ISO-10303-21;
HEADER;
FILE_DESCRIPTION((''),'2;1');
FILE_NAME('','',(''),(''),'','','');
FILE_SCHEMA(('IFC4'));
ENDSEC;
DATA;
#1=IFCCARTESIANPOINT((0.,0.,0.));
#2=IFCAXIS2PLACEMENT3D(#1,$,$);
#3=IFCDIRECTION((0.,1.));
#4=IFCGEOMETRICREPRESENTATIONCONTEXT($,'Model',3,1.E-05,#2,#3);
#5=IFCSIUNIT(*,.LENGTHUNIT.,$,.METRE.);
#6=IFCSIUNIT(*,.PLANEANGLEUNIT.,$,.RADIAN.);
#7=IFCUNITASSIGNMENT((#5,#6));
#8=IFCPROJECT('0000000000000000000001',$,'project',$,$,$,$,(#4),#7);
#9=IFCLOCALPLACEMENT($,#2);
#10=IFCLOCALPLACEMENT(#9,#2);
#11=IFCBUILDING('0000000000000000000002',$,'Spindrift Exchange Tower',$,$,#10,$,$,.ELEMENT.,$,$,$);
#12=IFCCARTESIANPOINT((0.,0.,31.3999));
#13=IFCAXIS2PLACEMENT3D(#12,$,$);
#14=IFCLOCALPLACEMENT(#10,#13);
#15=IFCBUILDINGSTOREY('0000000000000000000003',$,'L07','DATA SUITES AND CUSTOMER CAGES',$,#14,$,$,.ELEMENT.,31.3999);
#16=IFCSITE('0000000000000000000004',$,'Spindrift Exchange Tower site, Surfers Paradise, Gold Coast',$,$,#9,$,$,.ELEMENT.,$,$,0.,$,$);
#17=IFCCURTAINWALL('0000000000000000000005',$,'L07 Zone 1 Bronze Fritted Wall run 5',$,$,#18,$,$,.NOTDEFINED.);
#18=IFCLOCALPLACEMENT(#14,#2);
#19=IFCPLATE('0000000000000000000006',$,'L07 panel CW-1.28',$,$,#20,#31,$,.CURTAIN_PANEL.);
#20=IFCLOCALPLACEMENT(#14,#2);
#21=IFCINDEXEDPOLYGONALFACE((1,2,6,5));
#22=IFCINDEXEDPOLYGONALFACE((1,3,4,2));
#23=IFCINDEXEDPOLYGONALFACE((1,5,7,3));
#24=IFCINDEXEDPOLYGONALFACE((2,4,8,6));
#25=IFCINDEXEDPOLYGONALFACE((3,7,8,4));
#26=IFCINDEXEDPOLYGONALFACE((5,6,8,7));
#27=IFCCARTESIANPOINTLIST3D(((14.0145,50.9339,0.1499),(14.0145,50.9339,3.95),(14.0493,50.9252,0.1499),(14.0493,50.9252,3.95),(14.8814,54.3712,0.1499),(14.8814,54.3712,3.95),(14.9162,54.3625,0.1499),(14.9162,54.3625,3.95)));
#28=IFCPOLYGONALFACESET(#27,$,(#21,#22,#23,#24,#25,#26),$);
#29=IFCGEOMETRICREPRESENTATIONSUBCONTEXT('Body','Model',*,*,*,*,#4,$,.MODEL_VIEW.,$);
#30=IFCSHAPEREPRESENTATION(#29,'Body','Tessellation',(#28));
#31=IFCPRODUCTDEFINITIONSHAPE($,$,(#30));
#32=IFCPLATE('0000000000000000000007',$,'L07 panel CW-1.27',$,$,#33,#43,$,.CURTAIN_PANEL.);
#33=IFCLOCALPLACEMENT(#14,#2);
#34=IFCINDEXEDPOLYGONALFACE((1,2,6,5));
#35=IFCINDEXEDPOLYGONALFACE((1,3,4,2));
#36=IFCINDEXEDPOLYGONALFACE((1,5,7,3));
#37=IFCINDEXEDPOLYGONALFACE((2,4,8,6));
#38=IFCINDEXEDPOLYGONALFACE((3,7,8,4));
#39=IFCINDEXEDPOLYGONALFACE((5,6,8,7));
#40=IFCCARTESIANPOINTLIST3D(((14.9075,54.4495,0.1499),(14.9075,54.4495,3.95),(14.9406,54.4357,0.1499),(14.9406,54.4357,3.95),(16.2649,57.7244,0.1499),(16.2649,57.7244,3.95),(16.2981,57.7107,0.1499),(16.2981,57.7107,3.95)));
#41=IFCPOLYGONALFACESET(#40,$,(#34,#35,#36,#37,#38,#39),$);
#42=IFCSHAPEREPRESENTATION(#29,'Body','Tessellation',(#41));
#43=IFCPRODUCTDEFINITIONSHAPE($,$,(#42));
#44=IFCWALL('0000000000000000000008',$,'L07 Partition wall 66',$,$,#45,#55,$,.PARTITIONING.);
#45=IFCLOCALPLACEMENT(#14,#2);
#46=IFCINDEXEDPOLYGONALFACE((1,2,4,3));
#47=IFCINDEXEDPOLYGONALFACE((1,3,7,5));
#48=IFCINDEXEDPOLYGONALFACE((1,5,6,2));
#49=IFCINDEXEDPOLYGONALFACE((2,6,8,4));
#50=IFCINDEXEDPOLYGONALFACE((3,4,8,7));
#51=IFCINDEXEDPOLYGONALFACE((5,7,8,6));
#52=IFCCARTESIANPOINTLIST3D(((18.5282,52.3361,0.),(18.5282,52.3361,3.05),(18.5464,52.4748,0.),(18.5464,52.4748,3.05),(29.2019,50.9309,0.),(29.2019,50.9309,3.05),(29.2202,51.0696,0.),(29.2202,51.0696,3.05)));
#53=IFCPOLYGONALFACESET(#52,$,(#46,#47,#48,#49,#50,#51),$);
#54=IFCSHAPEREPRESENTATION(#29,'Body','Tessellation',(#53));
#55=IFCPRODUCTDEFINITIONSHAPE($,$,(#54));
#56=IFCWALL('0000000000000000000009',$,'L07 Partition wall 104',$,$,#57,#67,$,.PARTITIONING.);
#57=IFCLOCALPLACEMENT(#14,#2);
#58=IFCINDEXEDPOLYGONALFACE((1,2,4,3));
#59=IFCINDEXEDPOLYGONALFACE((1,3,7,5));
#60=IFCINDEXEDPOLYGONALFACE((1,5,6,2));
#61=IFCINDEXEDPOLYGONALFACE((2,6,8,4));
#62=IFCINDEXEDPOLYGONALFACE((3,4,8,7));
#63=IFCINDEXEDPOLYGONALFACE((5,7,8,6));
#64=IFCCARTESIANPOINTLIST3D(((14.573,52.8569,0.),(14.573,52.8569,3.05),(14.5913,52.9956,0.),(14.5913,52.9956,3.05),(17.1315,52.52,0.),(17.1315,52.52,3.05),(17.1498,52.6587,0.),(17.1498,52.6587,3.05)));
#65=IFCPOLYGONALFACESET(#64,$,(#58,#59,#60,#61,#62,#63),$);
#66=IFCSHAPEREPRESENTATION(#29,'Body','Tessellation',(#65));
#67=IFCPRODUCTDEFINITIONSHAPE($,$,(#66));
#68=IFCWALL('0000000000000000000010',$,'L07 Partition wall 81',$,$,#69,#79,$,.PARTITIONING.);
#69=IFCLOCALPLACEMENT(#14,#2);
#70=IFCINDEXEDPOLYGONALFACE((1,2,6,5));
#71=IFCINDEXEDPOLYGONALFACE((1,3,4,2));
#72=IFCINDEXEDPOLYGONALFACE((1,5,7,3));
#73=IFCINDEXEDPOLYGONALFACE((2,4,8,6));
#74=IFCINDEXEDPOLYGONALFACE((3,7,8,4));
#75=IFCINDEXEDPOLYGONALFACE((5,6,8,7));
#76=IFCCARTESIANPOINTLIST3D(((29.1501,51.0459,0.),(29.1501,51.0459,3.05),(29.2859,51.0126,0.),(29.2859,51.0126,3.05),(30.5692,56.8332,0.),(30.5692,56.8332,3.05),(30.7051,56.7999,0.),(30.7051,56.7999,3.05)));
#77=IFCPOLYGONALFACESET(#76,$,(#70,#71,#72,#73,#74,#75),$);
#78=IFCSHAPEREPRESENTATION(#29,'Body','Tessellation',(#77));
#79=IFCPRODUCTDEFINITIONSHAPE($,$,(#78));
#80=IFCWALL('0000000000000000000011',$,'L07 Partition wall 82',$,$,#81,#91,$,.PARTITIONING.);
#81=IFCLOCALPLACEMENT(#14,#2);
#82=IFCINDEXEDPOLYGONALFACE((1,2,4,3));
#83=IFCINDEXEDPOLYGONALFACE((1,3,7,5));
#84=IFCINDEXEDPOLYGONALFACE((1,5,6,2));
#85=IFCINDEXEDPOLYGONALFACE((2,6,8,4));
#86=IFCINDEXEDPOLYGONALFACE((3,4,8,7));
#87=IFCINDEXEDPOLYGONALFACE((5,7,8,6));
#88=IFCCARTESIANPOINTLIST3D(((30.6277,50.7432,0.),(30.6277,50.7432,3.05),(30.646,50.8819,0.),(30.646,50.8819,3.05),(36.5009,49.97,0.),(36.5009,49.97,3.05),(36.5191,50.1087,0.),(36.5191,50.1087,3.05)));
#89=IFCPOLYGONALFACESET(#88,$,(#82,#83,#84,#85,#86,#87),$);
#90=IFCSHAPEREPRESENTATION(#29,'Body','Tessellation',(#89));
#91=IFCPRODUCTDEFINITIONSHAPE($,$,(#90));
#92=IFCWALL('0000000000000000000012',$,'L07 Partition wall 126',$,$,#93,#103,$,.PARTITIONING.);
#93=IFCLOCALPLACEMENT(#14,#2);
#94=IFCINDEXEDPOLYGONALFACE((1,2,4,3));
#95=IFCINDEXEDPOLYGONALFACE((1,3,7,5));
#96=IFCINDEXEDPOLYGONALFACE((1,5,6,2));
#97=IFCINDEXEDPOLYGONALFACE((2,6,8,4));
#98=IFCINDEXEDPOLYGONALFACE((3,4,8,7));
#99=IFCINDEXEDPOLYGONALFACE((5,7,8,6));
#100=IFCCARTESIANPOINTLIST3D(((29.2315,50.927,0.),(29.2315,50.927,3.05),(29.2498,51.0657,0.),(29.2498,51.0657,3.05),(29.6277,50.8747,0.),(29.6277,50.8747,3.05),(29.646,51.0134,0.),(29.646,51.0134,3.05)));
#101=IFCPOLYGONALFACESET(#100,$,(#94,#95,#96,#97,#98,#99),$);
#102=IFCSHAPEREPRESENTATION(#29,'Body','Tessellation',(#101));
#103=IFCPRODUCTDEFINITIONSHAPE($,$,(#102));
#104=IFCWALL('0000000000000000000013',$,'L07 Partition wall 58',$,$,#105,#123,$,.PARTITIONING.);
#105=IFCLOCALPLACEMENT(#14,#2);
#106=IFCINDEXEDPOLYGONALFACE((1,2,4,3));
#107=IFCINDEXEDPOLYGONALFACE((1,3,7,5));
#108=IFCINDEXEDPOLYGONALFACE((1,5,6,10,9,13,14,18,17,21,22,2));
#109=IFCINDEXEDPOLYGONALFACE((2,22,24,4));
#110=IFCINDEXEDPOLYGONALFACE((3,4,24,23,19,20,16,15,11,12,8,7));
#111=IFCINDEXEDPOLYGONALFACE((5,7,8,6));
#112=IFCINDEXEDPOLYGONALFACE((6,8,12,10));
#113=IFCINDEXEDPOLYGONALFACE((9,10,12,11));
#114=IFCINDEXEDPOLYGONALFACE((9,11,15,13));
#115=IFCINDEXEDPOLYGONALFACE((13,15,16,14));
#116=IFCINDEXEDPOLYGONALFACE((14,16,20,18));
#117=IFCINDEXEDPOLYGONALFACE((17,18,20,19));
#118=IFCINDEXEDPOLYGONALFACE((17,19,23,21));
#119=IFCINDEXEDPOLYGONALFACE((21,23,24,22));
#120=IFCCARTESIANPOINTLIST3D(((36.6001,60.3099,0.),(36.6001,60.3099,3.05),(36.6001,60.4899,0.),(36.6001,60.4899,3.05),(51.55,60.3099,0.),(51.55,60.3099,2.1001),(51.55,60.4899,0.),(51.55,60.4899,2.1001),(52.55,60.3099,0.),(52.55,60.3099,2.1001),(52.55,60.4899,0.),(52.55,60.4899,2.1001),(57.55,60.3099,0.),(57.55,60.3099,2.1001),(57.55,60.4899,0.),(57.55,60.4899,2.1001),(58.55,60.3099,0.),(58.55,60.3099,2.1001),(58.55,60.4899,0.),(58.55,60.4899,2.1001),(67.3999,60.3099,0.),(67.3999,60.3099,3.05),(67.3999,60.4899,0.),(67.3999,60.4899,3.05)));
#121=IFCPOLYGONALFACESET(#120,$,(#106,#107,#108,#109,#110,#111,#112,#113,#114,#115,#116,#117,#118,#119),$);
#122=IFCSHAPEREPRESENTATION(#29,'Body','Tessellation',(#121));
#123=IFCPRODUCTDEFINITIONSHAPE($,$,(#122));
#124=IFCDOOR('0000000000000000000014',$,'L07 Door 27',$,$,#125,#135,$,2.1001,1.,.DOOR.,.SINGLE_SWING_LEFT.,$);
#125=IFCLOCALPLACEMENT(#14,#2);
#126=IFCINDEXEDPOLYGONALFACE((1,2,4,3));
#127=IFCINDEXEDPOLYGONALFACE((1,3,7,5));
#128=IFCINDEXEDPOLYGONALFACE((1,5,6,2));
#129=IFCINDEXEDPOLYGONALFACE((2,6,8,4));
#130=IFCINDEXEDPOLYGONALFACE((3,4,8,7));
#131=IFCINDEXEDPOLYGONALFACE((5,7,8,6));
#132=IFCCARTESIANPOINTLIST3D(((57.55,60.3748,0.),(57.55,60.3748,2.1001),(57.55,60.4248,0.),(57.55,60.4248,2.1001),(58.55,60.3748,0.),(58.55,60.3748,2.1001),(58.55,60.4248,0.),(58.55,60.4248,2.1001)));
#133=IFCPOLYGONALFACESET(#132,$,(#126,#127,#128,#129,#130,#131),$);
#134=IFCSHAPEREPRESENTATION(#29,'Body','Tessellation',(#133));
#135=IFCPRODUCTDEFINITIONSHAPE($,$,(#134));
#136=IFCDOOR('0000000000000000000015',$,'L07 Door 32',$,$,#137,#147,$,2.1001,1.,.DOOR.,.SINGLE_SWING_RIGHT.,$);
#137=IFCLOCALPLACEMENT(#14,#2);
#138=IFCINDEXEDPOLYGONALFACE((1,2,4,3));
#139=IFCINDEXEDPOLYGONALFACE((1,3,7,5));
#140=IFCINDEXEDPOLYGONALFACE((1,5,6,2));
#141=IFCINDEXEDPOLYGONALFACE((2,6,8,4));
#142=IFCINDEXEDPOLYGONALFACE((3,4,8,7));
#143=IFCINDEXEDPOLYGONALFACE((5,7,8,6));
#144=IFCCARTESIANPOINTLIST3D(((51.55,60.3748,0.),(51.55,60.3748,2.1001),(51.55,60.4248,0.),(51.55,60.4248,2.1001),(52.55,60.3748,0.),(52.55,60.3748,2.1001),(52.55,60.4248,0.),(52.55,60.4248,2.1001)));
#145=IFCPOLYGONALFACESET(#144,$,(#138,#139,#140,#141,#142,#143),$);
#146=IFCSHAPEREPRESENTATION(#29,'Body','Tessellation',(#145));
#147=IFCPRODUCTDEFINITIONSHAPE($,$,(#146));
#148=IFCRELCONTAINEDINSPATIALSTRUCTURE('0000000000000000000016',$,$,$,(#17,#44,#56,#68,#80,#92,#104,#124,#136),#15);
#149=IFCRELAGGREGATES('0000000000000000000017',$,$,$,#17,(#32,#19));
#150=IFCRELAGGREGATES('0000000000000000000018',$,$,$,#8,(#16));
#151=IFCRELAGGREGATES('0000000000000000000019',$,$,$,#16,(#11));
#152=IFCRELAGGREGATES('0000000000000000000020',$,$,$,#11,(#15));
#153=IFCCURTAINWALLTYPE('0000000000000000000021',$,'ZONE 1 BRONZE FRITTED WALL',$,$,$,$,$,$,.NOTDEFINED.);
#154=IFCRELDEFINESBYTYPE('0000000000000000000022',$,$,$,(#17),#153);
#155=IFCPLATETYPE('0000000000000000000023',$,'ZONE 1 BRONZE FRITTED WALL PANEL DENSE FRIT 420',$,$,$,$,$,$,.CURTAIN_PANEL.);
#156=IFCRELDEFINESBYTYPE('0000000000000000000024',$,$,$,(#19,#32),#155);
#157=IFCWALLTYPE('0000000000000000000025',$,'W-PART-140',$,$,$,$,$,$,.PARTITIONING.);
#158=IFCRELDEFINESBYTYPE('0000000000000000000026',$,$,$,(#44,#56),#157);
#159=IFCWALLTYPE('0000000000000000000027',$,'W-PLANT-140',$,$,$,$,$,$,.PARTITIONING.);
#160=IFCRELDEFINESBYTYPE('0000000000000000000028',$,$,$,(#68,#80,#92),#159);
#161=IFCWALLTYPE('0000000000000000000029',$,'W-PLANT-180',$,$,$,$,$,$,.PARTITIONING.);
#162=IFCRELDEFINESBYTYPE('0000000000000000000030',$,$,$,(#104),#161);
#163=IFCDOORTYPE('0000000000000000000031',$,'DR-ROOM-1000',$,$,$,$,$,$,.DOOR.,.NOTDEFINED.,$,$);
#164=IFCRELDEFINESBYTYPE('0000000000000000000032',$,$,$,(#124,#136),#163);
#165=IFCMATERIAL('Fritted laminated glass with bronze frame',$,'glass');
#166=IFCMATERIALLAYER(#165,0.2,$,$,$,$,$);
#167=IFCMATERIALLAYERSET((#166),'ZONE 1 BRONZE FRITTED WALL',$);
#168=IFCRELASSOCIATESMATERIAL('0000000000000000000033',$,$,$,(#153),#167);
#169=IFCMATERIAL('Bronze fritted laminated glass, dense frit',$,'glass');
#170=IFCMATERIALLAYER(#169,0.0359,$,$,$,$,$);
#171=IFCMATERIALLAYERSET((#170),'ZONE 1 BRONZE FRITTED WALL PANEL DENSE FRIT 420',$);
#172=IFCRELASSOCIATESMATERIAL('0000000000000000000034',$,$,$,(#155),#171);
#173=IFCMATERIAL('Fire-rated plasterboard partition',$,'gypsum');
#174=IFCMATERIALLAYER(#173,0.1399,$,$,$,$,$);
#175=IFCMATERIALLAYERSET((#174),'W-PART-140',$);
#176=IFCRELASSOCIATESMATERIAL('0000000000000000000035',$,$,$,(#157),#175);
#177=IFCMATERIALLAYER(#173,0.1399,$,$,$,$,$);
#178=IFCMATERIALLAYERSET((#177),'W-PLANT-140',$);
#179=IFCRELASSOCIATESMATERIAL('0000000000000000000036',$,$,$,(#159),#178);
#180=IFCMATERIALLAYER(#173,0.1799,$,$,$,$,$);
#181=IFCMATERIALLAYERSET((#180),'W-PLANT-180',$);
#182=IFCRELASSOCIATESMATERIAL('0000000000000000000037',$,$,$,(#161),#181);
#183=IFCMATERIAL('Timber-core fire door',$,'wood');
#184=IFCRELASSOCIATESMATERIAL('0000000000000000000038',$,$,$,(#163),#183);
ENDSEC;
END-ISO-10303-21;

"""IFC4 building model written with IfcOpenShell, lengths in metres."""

from ifc_helpers import new_model, si_unit, direction, frame, frame_2d, origin, origin_2d, place, context, subcontext, project, spatial, rectangle, extrude, source, transform, mapped, material, layer, layer_set, type_object, element, fill, aggregate, save


model = new_model("IFC4")

# Units and contexts
model_context = context("Model", 3, precision=1e-05, world=origin(), true_north=direction((0.0, 1.0)))
body_context = subcontext(model_context, "Body", "Model", "MODEL_VIEW")
ifc_project = project(units=[si_unit("LENGTHUNIT", "METRE"), si_unit("PLANEANGLEUNIT", "RADIAN")], contexts=[model_context])

# Site, building, storey
site_placement = place(None, origin())
site = spatial("IfcSite", under=ifc_project, at=site_placement, Name="Spindrift Exchange Tower site, Surfers Paradise, Gold Coast", CompositionType="ELEMENT", RefElevation=0.0)
building_placement = place(site_placement, origin())
building = spatial("IfcBuilding", under=site, at=building_placement, Name="Spindrift Exchange Tower", CompositionType="ELEMENT")
storey_placement = place(building_placement, frame((0.0, 0.0, 31.3999)))
storey = spatial("IfcBuildingStorey", under=building, at=storey_placement, Name="L07", Description="DATA SUITES AND CUSTOMER CAGES", CompositionType="ELEMENT", Elevation=31.3999)

# Curtain wall, plates
ifc_material_1 = material(Name="Fritted laminated glass with bronze frame", Category="glass")
ifc_layer_1 = layer(ifc_material_1, 0.2)
ifc_layer_set_1 = layer_set([ifc_layer_1], Name="ZONE 1 BRONZE FRITTED WALL")
curtain_wall_type = type_object("IfcCurtainWallType", Name="ZONE 1 BRONZE FRITTED WALL", PredefinedType="NOTDEFINED", material=ifc_layer_set_1)
curtain_wall_placement = place(storey_placement, origin())
curtain_wall = element("IfcCurtainWall", 1, at=curtain_wall_placement, inside=storey, type_object=curtain_wall_type, Name="L07 Zone 1 Bronze Fritted Wall run 5", PredefinedType="NOTDEFINED")
ifc_material_2 = material(Name="Bronze fritted laminated glass, dense frit", Category="glass")
ifc_layer_2 = layer(ifc_material_2, 0.0359)
ifc_layer_set_2 = layer_set([ifc_layer_2], Name="ZONE 1 BRONZE FRITTED WALL PANEL DENSE FRIT 420")
plate_type_1 = type_object("IfcPlateType", Name="ZONE 1 BRONZE FRITTED WALL PANEL DENSE FRIT 420", PredefinedType="CURTAIN_PANEL", material=ifc_layer_set_2)
shared_shape_1 = source(origin(), body_context, "Body", "SweptSolid", [
    extrude(rectangle(XDim=3.5449, YDim=0.0359, at=origin_2d()), origin(), (0.0, 0.0, 1.0), 3.8),
])
plate_1_placement = place(storey_placement, frame((14.4653, 52.6482, 0.1499), z_axis=(0.0, 0.0, 1.0), x_axis=(-0.244534, -0.969641, 0.0)))
plate_1 = element("IfcPlate", 2, at=plate_1_placement, type_object=plate_type_1, Name="L07 panel CW-1.28", PredefinedType="CURTAIN_PANEL", context=body_context, shape_type="MappedRepresentation", body=[
    mapped(shared_shape_1, transform((0.0, 0.0, 0.0), scale=1.0)),
])
shared_shape_2 = source(origin(), body_context, "Body", "SweptSolid", [
    extrude(rectangle(XDim=3.5452, YDim=0.0359, at=origin_2d()), origin(), (0.0, 0.0, 1.0), 3.8),
])
plate_2_placement = place(storey_placement, frame((15.6028, 56.0801, 0.1499), z_axis=(0.0, 0.0, 1.0), x_axis=(-0.382904, -0.923788, 0.0)))
plate_2 = element("IfcPlate", 3, at=plate_2_placement, type_object=plate_type_1, Name="L07 panel CW-1.27", PredefinedType="CURTAIN_PANEL", context=body_context, shape_type="MappedRepresentation", body=[
    mapped(shared_shape_2, transform((0.0, 0.0, 0.0), scale=1.0)),
])
aggregate(curtain_wall, [plate_2, plate_1])

# Walls
ifc_material_3 = material(Name="Fire-rated plasterboard partition", Category="gypsum")
ifc_layer_3 = layer(ifc_material_3, 0.1399)
ifc_layer_set_3 = layer_set([ifc_layer_3], Name="W-PART-140")
wall_type_1 = type_object("IfcWallType", Name="W-PART-140", PredefinedType="PARTITIONING", material=ifc_layer_set_3)
wall_1_placement = place(storey_placement, frame((29.2109, 51.0002, 0.0), z_axis=(0.0, 0.0, 1.0), x_axis=(-0.991444, 0.13053, 0.0)))
element("IfcWall", 4, at=wall_1_placement, inside=storey, type_object=wall_type_1, Name="L07 Partition wall 66", PredefinedType="PARTITIONING", context=body_context, shape_type="SweptSolid", body=[
    extrude(rectangle(XDim=10.7659, YDim=0.1399, at=frame_2d((5.3828, 0.0))), origin(), (0.0, 0.0, 1.0), 3.05),
])
wall_2_placement = place(storey_placement, frame((17.1406, 52.5894, 0.0), z_axis=(0.0, 0.0, 1.0), x_axis=(-0.991441, 0.130552, 0.0)))
element("IfcWall", 5, at=wall_2_placement, inside=storey, type_object=wall_type_1, Name="L07 Partition wall 104", PredefinedType="PARTITIONING", context=body_context, shape_type="SweptSolid", body=[
    extrude(rectangle(XDim=2.5806, YDim=0.1399, at=frame_2d((1.2903, 0.0))), origin(), (0.0, 0.0, 1.0), 3.05),
])
ifc_layer_4 = layer(ifc_material_3, 0.1399)
ifc_layer_set_4 = layer_set([ifc_layer_4], Name="W-PLANT-140")
wall_type_2 = type_object("IfcWallType", Name="W-PLANT-140", PredefinedType="PARTITIONING", material=ifc_layer_set_4)
wall_3_placement = place(storey_placement, frame((30.6372, 56.8167, 0.0), z_axis=(0.0, 0.0, 1.0), x_axis=(-0.238166, -0.971224, 0.0)))
element("IfcWall", 6, at=wall_3_placement, inside=storey, type_object=wall_type_2, Name="L07 Partition wall 81", PredefinedType="PARTITIONING", context=body_context, shape_type="SweptSolid", body=[
    extrude(rectangle(XDim=5.9587, YDim=0.1399, at=frame_2d((2.9795, 0.0))), origin(), (0.0, 0.0, 1.0), 3.05),
])
wall_4_placement = place(storey_placement, frame((36.51, 50.0393, 0.0), z_axis=(0.0, 0.0, 1.0), x_axis=(-0.991445, 0.130525, 0.0)))
element("IfcWall", 7, at=wall_4_placement, inside=storey, type_object=wall_type_2, Name="L07 Partition wall 82", PredefinedType="PARTITIONING", context=body_context, shape_type="SweptSolid", body=[
    extrude(rectangle(XDim=5.9238, YDim=0.1399, at=frame_2d((2.9619, 0.0))), origin(), (0.0, 0.0, 1.0), 3.05),
])
wall_5_placement = place(storey_placement, frame((29.6367, 50.9441, 0.0), z_axis=(0.0, 0.0, 1.0), x_axis=(-0.991419, 0.130723, 0.0)))
element("IfcWall", 8, at=wall_5_placement, inside=storey, type_object=wall_type_2, Name="L07 Partition wall 126", PredefinedType="PARTITIONING", context=body_context, shape_type="SweptSolid", body=[
    extrude(rectangle(XDim=0.3997, YDim=0.1399, at=frame_2d((0.1997, 0.0))), origin(), (0.0, 0.0, 1.0), 3.05),
])

# Wall, openings, doors
ifc_layer_5 = layer(ifc_material_3, 0.1799)
ifc_layer_set_5 = layer_set([ifc_layer_5], Name="W-PLANT-180")
wall_type_3 = type_object("IfcWallType", Name="W-PLANT-180", PredefinedType="PARTITIONING", material=ifc_layer_set_5)
wall_6_placement = place(storey_placement, frame((36.6001, 60.3999, 0.0), z_axis=(0.0, 0.0, 1.0), x_axis=(1.0, 0.0, 0.0)))
wall_6 = element("IfcWall", 9, at=wall_6_placement, inside=storey, type_object=wall_type_3, Name="L07 Partition wall 58", PredefinedType="PARTITIONING", context=body_context, shape_type="SweptSolid", body=[
    extrude(rectangle(XDim=30.7998, YDim=0.1799, at=frame_2d((15.3999, 0.0))), origin(), (0.0, 0.0, 1.0), 3.05),
])
opening_1_placement = place(wall_6_placement, frame((20.95, 0.0, 0.0)))
opening_1 = element("IfcOpeningElement", 10, at=opening_1_placement, cuts=wall_6, PredefinedType="OPENING", context=body_context, shape_type="SweptSolid", body=[
    extrude(rectangle(XDim=1.0, YDim=2.1001, at=frame_2d((0.5, 1.05))), frame((0.0, 0.0999, 0.0), z_axis=(0.0, -1.0, 0.0), x_axis=(1.0, 0.0, 0.0)), (0.0, 0.0, 1.0), 0.2),
])
opening_2_placement = place(wall_6_placement, frame((14.95, 0.0, 0.0)))
opening_2 = element("IfcOpeningElement", 11, at=opening_2_placement, cuts=wall_6, PredefinedType="OPENING", context=body_context, shape_type="SweptSolid", body=[
    extrude(rectangle(XDim=1.0, YDim=2.1001, at=frame_2d((0.5, 1.05))), frame((0.0, 0.0999, 0.0), z_axis=(0.0, -1.0, 0.0), x_axis=(1.0, 0.0, 0.0)), (0.0, 0.0, 1.0), 0.2),
])
ifc_material_4 = material(Name="Timber-core fire door", Category="wood")
door_type = type_object("IfcDoorType", Name="DR-ROOM-1000", OperationType="NOTDEFINED", PredefinedType="DOOR", material=ifc_material_4)
shared_shape_3 = source(origin(), body_context, "Body", "SweptSolid", [
    extrude(rectangle(XDim=1.0, YDim=2.1001, at=frame_2d((0.5, 1.05))), frame((0.0, 0.0249, 0.0), z_axis=(0.0, -1.0, 0.0), x_axis=(1.0, 0.0, 0.0)), (0.0, 0.0, 1.0), 0.05),
])
door_1_placement = place(opening_1_placement, origin())
door_1 = element("IfcDoor", 12, at=door_1_placement, inside=storey, type_object=door_type, Name="L07 Door 27", OperationType="SINGLE_SWING_LEFT", OverallHeight=2.1001, OverallWidth=1.0, PredefinedType="DOOR", context=body_context, shape_type="MappedRepresentation", body=[
    mapped(shared_shape_3, transform((0.0, 0.0, 0.0), scale=1.0)),
])
fill(opening_1, door_1)
door_2_placement = place(opening_2_placement, origin())
door_2 = element("IfcDoor", 13, at=door_2_placement, inside=storey, type_object=door_type, Name="L07 Door 32", OperationType="SINGLE_SWING_RIGHT", OverallHeight=2.1001, OverallWidth=1.0, PredefinedType="DOOR", context=body_context, shape_type="MappedRepresentation", body=[
    mapped(shared_shape_3, transform((0.0, 0.0, 0.0), scale=1.0)),
])
fill(opening_2, door_2)

save(model, "model.ifc")
